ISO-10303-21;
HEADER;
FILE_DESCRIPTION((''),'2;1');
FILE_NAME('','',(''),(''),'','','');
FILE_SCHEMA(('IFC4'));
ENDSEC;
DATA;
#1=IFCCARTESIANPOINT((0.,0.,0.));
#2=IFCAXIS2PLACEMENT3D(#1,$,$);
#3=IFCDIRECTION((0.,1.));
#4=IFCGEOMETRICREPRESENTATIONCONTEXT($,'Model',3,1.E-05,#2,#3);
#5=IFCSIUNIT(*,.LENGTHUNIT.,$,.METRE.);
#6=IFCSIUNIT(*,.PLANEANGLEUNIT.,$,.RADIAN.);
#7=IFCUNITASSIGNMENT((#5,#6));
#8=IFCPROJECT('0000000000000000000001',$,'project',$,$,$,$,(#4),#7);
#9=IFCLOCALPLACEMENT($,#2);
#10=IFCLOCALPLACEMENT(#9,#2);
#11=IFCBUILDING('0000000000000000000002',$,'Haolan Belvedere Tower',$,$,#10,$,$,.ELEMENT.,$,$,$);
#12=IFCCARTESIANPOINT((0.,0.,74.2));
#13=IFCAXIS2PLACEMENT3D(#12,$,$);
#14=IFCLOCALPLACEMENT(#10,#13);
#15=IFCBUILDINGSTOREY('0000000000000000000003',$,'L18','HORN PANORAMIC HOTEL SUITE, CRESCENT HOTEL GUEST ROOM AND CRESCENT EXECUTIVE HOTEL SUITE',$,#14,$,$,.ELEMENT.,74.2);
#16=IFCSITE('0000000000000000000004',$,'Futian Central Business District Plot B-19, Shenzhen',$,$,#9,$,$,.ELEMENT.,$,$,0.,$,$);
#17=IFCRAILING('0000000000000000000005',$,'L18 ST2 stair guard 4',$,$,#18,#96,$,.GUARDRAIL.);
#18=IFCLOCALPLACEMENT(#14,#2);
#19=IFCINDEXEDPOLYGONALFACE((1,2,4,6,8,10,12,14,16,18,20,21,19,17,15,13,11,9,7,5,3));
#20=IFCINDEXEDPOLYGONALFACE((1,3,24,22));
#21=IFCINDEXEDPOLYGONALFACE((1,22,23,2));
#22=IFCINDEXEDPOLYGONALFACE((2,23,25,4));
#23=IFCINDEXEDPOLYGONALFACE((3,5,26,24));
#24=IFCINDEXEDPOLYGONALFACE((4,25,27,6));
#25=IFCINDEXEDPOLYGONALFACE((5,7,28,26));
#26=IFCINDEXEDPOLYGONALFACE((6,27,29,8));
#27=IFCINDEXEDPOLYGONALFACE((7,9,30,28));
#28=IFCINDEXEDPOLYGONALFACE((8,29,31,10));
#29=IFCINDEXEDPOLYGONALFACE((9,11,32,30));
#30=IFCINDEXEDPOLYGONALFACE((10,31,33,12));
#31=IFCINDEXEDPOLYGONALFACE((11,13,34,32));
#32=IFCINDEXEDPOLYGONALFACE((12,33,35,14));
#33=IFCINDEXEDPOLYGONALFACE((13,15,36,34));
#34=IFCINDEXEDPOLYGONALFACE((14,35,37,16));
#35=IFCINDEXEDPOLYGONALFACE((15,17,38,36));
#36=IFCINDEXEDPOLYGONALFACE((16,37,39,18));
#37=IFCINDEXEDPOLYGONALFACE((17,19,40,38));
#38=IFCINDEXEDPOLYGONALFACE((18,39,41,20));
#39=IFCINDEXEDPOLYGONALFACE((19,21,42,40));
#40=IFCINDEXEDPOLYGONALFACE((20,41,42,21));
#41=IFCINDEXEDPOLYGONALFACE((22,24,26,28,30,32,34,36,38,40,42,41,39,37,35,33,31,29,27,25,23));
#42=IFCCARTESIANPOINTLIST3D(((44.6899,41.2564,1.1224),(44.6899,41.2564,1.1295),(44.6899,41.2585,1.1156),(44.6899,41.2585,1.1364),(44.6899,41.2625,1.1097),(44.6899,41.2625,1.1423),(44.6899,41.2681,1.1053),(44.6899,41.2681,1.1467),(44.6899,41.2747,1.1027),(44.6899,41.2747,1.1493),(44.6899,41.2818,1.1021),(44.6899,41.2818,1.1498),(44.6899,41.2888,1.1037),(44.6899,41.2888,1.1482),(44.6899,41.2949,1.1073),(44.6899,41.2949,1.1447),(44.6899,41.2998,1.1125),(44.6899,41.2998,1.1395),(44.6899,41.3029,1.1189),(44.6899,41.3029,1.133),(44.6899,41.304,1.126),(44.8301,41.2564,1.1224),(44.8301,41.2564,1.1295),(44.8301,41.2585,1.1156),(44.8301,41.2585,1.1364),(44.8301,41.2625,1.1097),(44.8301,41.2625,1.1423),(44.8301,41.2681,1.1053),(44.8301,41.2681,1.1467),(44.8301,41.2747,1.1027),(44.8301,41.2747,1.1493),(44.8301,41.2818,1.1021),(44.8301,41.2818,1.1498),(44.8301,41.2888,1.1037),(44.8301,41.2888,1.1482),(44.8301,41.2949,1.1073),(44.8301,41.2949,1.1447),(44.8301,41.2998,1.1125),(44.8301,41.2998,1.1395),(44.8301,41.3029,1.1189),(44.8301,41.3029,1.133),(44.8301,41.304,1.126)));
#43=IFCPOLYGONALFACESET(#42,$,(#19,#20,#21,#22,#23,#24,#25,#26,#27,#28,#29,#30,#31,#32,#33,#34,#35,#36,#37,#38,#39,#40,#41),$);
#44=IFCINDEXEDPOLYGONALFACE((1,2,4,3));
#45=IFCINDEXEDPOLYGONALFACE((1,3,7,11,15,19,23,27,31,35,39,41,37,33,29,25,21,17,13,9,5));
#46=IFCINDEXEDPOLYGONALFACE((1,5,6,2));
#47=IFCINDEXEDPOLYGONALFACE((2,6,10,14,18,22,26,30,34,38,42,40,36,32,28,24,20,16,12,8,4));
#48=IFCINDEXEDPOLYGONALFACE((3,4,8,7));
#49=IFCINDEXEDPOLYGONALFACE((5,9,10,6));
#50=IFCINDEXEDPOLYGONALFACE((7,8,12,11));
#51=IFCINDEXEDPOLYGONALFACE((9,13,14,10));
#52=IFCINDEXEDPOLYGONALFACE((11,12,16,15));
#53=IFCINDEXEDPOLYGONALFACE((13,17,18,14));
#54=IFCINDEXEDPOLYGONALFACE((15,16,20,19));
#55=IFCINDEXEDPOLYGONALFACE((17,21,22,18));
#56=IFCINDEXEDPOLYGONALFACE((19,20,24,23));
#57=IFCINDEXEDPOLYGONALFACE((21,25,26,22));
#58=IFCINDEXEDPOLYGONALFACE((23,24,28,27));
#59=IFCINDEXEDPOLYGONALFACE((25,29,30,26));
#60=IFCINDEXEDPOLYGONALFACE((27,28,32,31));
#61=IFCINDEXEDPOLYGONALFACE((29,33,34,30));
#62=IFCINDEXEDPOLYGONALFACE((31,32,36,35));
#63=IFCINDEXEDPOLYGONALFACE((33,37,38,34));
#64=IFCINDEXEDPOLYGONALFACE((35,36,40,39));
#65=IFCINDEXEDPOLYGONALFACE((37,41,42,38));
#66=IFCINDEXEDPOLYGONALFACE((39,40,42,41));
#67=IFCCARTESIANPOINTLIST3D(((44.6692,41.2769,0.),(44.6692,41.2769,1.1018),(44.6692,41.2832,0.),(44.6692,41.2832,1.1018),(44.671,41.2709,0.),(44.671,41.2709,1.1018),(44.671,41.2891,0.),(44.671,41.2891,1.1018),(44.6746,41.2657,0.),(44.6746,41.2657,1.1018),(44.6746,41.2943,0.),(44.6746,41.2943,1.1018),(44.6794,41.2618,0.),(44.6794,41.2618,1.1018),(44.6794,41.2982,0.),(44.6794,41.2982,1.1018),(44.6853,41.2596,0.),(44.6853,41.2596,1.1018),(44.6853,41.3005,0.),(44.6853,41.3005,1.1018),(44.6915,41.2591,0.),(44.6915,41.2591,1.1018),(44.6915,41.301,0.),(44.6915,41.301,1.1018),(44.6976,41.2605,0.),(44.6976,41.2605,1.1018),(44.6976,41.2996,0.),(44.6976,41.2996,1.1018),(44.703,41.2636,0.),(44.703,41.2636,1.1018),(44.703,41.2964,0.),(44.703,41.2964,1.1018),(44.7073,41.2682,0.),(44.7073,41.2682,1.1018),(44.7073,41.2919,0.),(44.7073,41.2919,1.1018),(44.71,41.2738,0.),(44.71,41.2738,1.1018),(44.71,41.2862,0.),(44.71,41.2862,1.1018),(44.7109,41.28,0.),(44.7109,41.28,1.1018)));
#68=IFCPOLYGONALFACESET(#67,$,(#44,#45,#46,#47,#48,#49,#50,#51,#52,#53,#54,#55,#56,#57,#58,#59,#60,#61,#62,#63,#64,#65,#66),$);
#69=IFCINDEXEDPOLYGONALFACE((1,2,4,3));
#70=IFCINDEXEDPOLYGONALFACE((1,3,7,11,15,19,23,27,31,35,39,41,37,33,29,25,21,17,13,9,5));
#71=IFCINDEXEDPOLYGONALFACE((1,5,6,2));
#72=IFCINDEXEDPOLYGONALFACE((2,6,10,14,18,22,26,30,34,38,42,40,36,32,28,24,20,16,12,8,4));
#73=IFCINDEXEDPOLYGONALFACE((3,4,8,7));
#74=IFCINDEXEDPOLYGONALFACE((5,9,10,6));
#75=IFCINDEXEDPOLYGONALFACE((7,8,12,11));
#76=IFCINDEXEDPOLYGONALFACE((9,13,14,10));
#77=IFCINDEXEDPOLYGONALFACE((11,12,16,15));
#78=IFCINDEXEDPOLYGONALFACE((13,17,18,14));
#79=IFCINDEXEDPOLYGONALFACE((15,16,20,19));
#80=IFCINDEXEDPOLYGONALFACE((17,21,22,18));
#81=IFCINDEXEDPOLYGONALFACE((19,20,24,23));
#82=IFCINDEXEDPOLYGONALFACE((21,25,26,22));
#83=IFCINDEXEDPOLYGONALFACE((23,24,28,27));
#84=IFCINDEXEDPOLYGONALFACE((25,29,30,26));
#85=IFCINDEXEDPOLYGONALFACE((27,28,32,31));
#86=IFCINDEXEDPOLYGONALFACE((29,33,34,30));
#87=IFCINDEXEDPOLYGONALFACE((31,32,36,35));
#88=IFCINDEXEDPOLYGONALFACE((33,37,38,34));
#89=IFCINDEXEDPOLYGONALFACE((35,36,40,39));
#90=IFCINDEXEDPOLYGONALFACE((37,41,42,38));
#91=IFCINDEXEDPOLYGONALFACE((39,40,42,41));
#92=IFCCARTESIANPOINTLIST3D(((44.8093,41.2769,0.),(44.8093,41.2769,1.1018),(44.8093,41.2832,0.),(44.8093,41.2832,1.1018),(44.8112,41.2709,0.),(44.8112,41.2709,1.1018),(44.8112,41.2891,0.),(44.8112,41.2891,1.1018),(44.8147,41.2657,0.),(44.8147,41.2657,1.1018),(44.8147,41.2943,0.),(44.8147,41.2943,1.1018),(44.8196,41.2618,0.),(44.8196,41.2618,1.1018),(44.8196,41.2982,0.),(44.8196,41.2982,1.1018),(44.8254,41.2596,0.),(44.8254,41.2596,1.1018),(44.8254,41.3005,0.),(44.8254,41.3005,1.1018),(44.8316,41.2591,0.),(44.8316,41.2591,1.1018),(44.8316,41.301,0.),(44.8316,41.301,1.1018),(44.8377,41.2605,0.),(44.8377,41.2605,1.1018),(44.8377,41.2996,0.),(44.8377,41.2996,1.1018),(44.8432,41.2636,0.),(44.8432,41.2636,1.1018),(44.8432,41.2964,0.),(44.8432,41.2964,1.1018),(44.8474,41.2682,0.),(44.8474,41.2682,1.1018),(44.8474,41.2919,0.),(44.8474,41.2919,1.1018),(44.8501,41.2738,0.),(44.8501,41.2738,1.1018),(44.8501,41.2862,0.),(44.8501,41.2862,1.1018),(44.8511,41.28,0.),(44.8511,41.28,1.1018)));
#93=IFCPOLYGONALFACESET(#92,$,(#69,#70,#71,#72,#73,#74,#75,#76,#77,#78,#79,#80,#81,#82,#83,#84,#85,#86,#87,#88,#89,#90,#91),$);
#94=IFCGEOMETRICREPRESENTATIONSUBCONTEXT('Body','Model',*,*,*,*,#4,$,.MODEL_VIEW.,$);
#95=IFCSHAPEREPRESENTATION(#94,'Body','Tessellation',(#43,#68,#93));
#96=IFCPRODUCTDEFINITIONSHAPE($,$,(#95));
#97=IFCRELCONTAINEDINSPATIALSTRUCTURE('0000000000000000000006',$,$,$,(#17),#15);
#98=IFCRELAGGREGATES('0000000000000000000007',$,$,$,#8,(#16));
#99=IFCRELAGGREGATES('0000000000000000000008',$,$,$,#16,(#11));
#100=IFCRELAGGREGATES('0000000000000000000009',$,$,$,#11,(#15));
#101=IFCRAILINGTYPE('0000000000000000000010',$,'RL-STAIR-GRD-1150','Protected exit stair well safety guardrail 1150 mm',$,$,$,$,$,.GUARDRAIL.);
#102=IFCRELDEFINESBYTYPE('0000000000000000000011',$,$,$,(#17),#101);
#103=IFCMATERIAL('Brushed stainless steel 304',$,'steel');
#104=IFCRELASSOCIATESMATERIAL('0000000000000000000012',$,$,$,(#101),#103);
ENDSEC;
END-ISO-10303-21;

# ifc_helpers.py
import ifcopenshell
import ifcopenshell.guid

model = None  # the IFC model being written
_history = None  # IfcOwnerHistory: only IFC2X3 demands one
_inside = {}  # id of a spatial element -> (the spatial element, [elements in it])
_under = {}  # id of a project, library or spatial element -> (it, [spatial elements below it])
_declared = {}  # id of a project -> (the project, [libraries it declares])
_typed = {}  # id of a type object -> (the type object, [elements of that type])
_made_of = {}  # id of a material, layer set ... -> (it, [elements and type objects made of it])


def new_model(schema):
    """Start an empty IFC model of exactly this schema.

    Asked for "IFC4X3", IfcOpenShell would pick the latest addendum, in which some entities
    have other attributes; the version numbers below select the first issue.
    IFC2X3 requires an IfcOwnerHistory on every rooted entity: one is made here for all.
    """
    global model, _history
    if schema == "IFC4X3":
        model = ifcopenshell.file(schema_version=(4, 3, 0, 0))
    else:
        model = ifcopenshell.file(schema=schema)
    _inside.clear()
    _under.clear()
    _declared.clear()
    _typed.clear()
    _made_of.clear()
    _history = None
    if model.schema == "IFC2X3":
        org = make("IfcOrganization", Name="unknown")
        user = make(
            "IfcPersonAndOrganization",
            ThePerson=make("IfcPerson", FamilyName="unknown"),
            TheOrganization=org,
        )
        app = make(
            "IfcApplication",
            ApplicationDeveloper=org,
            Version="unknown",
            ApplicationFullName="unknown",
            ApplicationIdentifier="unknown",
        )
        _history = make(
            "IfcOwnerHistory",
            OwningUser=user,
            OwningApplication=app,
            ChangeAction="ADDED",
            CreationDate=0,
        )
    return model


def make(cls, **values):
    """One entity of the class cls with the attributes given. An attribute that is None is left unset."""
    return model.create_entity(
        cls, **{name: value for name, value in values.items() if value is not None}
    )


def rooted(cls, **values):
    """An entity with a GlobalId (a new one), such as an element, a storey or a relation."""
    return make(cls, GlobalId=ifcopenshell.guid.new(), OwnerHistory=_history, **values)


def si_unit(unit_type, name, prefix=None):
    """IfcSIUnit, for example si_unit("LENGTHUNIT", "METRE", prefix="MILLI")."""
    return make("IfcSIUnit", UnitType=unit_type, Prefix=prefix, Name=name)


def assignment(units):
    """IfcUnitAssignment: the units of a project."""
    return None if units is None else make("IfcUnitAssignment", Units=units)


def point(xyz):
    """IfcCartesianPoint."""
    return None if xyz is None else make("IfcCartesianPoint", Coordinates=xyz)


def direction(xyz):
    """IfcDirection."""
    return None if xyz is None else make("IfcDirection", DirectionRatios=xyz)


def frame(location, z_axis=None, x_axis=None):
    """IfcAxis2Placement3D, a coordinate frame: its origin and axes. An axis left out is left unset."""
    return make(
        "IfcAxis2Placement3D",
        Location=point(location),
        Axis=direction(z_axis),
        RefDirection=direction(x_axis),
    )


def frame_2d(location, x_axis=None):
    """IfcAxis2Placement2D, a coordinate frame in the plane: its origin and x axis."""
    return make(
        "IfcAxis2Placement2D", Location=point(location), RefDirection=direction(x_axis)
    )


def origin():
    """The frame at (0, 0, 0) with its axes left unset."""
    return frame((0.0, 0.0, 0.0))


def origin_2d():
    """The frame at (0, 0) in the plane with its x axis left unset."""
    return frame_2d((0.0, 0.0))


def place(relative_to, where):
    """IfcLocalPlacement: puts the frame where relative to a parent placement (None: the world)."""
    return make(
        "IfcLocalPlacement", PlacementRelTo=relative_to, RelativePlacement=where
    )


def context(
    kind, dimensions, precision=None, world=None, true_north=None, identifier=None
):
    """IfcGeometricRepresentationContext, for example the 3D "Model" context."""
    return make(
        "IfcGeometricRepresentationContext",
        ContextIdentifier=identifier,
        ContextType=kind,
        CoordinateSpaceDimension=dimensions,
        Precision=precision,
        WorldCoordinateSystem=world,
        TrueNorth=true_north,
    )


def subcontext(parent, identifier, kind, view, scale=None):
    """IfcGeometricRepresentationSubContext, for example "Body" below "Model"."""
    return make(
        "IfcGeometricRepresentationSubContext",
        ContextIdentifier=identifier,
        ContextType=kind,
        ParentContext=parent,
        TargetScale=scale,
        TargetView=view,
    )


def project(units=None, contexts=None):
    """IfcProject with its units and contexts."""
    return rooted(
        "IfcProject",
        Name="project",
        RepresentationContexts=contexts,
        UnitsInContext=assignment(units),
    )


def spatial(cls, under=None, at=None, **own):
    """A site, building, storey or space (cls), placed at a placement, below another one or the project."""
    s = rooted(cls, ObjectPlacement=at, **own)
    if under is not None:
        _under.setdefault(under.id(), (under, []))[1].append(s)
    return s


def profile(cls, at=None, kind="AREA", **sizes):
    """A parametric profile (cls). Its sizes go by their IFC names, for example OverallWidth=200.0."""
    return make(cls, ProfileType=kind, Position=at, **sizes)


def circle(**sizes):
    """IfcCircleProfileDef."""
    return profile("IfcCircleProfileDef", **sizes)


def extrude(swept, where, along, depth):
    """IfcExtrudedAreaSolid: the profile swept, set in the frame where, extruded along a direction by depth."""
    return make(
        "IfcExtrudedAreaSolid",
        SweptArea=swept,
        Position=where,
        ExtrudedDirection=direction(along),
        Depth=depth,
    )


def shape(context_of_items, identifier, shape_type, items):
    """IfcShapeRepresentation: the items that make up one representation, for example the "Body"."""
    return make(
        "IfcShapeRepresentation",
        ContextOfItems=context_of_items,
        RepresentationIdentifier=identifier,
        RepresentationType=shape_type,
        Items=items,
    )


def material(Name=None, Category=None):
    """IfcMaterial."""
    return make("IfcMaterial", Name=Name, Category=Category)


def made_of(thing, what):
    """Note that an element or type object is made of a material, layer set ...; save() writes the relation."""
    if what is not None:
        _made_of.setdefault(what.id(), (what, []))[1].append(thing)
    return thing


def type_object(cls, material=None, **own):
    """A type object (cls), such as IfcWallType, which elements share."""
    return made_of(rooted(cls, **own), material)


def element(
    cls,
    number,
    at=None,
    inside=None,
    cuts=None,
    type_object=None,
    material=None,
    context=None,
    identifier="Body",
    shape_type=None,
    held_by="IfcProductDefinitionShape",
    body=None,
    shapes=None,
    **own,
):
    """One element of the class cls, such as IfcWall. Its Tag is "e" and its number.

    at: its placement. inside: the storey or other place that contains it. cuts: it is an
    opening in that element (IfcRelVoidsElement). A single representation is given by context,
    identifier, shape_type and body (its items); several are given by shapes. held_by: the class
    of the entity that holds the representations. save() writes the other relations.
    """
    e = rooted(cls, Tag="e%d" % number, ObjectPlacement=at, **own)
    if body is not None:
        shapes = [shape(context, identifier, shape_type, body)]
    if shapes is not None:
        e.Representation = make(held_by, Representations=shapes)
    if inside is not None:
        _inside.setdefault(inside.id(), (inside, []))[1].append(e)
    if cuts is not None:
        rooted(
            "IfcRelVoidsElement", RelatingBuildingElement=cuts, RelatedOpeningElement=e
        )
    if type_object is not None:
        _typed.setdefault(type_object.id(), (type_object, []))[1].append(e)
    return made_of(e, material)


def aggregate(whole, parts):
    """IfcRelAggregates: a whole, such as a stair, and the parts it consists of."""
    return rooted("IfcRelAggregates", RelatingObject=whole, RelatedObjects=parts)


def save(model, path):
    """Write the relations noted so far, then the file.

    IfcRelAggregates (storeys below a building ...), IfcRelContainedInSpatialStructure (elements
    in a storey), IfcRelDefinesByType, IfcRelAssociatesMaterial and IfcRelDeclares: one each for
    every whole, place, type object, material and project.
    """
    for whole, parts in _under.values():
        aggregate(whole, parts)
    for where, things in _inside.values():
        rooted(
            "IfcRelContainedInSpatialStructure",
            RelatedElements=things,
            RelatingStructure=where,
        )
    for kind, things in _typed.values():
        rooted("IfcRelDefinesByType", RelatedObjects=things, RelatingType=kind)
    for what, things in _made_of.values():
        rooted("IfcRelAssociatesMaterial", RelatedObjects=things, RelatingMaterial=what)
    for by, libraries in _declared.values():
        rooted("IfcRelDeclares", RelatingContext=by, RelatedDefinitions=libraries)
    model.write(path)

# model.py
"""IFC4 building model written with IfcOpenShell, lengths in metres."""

from ifc_helpers import new_model, si_unit, direction, frame, origin, origin_2d, place, context, subcontext, project, spatial, circle, extrude, material, type_object, element, save


model = new_model("IFC4")

# Units and contexts
model_context = context("Model", 3, precision=1e-05, world=origin(), true_north=direction((0.0, 1.0)))
body_context = subcontext(model_context, "Body", "Model", "MODEL_VIEW")
ifc_project = project(units=[si_unit("LENGTHUNIT", "METRE"), si_unit("PLANEANGLEUNIT", "RADIAN")], contexts=[model_context])

# Site, building, storey
site_placement = place(None, origin())
site = spatial("IfcSite", under=ifc_project, at=site_placement, Name="Futian Central Business District Plot B-19, Shenzhen", CompositionType="ELEMENT", RefElevation=0.0)
building_placement = place(site_placement, origin())
building = spatial("IfcBuilding", under=site, at=building_placement, Name="Haolan Belvedere Tower", CompositionType="ELEMENT")
storey_placement = place(building_placement, frame((0.0, 0.0, 74.2)))
storey = spatial("IfcBuildingStorey", under=building, at=storey_placement, Name="L18", Description="HORN PANORAMIC HOTEL SUITE, CRESCENT HOTEL GUEST ROOM AND CRESCENT EXECUTIVE HOTEL SUITE", CompositionType="ELEMENT", Elevation=74.2)

# Railing
ifc_material_1 = material(Name="Brushed stainless steel 304", Category="steel")
railing_type_1 = type_object("IfcRailingType", Name="RL-STAIR-GRD-1150", Description="Protected exit stair well safety guardrail 1150 mm", PredefinedType="GUARDRAIL", material=ifc_material_1)
railing_1_placement = place(storey_placement, frame((44.6899, 41.28, 0.0)))
element("IfcRailing", 1, at=railing_1_placement, inside=storey, type_object=railing_type_1, Name="L18 ST2 stair guard 4", PredefinedType="GUARDRAIL", context=body_context, shape_type="SweptSolid", body=[
    extrude(circle(Radius=0.0239, at=origin_2d()), frame((0.0, 0.0, 1.126), z_axis=(1.0, 0.0, 0.0), x_axis=(0.0, 1.0, 0.0)), (0.0, 0.0, 1.0), 0.1401),
    extrude(circle(Radius=0.021, at=origin_2d()), origin(), (0.0, 0.0, 1.0), 1.1018),
    extrude(circle(Radius=0.021, at=origin_2d()), frame((0.1401, 0.0, 0.0)), (0.0, 0.0, 1.0), 1.1018),
])

save(model, "model.ifc")
